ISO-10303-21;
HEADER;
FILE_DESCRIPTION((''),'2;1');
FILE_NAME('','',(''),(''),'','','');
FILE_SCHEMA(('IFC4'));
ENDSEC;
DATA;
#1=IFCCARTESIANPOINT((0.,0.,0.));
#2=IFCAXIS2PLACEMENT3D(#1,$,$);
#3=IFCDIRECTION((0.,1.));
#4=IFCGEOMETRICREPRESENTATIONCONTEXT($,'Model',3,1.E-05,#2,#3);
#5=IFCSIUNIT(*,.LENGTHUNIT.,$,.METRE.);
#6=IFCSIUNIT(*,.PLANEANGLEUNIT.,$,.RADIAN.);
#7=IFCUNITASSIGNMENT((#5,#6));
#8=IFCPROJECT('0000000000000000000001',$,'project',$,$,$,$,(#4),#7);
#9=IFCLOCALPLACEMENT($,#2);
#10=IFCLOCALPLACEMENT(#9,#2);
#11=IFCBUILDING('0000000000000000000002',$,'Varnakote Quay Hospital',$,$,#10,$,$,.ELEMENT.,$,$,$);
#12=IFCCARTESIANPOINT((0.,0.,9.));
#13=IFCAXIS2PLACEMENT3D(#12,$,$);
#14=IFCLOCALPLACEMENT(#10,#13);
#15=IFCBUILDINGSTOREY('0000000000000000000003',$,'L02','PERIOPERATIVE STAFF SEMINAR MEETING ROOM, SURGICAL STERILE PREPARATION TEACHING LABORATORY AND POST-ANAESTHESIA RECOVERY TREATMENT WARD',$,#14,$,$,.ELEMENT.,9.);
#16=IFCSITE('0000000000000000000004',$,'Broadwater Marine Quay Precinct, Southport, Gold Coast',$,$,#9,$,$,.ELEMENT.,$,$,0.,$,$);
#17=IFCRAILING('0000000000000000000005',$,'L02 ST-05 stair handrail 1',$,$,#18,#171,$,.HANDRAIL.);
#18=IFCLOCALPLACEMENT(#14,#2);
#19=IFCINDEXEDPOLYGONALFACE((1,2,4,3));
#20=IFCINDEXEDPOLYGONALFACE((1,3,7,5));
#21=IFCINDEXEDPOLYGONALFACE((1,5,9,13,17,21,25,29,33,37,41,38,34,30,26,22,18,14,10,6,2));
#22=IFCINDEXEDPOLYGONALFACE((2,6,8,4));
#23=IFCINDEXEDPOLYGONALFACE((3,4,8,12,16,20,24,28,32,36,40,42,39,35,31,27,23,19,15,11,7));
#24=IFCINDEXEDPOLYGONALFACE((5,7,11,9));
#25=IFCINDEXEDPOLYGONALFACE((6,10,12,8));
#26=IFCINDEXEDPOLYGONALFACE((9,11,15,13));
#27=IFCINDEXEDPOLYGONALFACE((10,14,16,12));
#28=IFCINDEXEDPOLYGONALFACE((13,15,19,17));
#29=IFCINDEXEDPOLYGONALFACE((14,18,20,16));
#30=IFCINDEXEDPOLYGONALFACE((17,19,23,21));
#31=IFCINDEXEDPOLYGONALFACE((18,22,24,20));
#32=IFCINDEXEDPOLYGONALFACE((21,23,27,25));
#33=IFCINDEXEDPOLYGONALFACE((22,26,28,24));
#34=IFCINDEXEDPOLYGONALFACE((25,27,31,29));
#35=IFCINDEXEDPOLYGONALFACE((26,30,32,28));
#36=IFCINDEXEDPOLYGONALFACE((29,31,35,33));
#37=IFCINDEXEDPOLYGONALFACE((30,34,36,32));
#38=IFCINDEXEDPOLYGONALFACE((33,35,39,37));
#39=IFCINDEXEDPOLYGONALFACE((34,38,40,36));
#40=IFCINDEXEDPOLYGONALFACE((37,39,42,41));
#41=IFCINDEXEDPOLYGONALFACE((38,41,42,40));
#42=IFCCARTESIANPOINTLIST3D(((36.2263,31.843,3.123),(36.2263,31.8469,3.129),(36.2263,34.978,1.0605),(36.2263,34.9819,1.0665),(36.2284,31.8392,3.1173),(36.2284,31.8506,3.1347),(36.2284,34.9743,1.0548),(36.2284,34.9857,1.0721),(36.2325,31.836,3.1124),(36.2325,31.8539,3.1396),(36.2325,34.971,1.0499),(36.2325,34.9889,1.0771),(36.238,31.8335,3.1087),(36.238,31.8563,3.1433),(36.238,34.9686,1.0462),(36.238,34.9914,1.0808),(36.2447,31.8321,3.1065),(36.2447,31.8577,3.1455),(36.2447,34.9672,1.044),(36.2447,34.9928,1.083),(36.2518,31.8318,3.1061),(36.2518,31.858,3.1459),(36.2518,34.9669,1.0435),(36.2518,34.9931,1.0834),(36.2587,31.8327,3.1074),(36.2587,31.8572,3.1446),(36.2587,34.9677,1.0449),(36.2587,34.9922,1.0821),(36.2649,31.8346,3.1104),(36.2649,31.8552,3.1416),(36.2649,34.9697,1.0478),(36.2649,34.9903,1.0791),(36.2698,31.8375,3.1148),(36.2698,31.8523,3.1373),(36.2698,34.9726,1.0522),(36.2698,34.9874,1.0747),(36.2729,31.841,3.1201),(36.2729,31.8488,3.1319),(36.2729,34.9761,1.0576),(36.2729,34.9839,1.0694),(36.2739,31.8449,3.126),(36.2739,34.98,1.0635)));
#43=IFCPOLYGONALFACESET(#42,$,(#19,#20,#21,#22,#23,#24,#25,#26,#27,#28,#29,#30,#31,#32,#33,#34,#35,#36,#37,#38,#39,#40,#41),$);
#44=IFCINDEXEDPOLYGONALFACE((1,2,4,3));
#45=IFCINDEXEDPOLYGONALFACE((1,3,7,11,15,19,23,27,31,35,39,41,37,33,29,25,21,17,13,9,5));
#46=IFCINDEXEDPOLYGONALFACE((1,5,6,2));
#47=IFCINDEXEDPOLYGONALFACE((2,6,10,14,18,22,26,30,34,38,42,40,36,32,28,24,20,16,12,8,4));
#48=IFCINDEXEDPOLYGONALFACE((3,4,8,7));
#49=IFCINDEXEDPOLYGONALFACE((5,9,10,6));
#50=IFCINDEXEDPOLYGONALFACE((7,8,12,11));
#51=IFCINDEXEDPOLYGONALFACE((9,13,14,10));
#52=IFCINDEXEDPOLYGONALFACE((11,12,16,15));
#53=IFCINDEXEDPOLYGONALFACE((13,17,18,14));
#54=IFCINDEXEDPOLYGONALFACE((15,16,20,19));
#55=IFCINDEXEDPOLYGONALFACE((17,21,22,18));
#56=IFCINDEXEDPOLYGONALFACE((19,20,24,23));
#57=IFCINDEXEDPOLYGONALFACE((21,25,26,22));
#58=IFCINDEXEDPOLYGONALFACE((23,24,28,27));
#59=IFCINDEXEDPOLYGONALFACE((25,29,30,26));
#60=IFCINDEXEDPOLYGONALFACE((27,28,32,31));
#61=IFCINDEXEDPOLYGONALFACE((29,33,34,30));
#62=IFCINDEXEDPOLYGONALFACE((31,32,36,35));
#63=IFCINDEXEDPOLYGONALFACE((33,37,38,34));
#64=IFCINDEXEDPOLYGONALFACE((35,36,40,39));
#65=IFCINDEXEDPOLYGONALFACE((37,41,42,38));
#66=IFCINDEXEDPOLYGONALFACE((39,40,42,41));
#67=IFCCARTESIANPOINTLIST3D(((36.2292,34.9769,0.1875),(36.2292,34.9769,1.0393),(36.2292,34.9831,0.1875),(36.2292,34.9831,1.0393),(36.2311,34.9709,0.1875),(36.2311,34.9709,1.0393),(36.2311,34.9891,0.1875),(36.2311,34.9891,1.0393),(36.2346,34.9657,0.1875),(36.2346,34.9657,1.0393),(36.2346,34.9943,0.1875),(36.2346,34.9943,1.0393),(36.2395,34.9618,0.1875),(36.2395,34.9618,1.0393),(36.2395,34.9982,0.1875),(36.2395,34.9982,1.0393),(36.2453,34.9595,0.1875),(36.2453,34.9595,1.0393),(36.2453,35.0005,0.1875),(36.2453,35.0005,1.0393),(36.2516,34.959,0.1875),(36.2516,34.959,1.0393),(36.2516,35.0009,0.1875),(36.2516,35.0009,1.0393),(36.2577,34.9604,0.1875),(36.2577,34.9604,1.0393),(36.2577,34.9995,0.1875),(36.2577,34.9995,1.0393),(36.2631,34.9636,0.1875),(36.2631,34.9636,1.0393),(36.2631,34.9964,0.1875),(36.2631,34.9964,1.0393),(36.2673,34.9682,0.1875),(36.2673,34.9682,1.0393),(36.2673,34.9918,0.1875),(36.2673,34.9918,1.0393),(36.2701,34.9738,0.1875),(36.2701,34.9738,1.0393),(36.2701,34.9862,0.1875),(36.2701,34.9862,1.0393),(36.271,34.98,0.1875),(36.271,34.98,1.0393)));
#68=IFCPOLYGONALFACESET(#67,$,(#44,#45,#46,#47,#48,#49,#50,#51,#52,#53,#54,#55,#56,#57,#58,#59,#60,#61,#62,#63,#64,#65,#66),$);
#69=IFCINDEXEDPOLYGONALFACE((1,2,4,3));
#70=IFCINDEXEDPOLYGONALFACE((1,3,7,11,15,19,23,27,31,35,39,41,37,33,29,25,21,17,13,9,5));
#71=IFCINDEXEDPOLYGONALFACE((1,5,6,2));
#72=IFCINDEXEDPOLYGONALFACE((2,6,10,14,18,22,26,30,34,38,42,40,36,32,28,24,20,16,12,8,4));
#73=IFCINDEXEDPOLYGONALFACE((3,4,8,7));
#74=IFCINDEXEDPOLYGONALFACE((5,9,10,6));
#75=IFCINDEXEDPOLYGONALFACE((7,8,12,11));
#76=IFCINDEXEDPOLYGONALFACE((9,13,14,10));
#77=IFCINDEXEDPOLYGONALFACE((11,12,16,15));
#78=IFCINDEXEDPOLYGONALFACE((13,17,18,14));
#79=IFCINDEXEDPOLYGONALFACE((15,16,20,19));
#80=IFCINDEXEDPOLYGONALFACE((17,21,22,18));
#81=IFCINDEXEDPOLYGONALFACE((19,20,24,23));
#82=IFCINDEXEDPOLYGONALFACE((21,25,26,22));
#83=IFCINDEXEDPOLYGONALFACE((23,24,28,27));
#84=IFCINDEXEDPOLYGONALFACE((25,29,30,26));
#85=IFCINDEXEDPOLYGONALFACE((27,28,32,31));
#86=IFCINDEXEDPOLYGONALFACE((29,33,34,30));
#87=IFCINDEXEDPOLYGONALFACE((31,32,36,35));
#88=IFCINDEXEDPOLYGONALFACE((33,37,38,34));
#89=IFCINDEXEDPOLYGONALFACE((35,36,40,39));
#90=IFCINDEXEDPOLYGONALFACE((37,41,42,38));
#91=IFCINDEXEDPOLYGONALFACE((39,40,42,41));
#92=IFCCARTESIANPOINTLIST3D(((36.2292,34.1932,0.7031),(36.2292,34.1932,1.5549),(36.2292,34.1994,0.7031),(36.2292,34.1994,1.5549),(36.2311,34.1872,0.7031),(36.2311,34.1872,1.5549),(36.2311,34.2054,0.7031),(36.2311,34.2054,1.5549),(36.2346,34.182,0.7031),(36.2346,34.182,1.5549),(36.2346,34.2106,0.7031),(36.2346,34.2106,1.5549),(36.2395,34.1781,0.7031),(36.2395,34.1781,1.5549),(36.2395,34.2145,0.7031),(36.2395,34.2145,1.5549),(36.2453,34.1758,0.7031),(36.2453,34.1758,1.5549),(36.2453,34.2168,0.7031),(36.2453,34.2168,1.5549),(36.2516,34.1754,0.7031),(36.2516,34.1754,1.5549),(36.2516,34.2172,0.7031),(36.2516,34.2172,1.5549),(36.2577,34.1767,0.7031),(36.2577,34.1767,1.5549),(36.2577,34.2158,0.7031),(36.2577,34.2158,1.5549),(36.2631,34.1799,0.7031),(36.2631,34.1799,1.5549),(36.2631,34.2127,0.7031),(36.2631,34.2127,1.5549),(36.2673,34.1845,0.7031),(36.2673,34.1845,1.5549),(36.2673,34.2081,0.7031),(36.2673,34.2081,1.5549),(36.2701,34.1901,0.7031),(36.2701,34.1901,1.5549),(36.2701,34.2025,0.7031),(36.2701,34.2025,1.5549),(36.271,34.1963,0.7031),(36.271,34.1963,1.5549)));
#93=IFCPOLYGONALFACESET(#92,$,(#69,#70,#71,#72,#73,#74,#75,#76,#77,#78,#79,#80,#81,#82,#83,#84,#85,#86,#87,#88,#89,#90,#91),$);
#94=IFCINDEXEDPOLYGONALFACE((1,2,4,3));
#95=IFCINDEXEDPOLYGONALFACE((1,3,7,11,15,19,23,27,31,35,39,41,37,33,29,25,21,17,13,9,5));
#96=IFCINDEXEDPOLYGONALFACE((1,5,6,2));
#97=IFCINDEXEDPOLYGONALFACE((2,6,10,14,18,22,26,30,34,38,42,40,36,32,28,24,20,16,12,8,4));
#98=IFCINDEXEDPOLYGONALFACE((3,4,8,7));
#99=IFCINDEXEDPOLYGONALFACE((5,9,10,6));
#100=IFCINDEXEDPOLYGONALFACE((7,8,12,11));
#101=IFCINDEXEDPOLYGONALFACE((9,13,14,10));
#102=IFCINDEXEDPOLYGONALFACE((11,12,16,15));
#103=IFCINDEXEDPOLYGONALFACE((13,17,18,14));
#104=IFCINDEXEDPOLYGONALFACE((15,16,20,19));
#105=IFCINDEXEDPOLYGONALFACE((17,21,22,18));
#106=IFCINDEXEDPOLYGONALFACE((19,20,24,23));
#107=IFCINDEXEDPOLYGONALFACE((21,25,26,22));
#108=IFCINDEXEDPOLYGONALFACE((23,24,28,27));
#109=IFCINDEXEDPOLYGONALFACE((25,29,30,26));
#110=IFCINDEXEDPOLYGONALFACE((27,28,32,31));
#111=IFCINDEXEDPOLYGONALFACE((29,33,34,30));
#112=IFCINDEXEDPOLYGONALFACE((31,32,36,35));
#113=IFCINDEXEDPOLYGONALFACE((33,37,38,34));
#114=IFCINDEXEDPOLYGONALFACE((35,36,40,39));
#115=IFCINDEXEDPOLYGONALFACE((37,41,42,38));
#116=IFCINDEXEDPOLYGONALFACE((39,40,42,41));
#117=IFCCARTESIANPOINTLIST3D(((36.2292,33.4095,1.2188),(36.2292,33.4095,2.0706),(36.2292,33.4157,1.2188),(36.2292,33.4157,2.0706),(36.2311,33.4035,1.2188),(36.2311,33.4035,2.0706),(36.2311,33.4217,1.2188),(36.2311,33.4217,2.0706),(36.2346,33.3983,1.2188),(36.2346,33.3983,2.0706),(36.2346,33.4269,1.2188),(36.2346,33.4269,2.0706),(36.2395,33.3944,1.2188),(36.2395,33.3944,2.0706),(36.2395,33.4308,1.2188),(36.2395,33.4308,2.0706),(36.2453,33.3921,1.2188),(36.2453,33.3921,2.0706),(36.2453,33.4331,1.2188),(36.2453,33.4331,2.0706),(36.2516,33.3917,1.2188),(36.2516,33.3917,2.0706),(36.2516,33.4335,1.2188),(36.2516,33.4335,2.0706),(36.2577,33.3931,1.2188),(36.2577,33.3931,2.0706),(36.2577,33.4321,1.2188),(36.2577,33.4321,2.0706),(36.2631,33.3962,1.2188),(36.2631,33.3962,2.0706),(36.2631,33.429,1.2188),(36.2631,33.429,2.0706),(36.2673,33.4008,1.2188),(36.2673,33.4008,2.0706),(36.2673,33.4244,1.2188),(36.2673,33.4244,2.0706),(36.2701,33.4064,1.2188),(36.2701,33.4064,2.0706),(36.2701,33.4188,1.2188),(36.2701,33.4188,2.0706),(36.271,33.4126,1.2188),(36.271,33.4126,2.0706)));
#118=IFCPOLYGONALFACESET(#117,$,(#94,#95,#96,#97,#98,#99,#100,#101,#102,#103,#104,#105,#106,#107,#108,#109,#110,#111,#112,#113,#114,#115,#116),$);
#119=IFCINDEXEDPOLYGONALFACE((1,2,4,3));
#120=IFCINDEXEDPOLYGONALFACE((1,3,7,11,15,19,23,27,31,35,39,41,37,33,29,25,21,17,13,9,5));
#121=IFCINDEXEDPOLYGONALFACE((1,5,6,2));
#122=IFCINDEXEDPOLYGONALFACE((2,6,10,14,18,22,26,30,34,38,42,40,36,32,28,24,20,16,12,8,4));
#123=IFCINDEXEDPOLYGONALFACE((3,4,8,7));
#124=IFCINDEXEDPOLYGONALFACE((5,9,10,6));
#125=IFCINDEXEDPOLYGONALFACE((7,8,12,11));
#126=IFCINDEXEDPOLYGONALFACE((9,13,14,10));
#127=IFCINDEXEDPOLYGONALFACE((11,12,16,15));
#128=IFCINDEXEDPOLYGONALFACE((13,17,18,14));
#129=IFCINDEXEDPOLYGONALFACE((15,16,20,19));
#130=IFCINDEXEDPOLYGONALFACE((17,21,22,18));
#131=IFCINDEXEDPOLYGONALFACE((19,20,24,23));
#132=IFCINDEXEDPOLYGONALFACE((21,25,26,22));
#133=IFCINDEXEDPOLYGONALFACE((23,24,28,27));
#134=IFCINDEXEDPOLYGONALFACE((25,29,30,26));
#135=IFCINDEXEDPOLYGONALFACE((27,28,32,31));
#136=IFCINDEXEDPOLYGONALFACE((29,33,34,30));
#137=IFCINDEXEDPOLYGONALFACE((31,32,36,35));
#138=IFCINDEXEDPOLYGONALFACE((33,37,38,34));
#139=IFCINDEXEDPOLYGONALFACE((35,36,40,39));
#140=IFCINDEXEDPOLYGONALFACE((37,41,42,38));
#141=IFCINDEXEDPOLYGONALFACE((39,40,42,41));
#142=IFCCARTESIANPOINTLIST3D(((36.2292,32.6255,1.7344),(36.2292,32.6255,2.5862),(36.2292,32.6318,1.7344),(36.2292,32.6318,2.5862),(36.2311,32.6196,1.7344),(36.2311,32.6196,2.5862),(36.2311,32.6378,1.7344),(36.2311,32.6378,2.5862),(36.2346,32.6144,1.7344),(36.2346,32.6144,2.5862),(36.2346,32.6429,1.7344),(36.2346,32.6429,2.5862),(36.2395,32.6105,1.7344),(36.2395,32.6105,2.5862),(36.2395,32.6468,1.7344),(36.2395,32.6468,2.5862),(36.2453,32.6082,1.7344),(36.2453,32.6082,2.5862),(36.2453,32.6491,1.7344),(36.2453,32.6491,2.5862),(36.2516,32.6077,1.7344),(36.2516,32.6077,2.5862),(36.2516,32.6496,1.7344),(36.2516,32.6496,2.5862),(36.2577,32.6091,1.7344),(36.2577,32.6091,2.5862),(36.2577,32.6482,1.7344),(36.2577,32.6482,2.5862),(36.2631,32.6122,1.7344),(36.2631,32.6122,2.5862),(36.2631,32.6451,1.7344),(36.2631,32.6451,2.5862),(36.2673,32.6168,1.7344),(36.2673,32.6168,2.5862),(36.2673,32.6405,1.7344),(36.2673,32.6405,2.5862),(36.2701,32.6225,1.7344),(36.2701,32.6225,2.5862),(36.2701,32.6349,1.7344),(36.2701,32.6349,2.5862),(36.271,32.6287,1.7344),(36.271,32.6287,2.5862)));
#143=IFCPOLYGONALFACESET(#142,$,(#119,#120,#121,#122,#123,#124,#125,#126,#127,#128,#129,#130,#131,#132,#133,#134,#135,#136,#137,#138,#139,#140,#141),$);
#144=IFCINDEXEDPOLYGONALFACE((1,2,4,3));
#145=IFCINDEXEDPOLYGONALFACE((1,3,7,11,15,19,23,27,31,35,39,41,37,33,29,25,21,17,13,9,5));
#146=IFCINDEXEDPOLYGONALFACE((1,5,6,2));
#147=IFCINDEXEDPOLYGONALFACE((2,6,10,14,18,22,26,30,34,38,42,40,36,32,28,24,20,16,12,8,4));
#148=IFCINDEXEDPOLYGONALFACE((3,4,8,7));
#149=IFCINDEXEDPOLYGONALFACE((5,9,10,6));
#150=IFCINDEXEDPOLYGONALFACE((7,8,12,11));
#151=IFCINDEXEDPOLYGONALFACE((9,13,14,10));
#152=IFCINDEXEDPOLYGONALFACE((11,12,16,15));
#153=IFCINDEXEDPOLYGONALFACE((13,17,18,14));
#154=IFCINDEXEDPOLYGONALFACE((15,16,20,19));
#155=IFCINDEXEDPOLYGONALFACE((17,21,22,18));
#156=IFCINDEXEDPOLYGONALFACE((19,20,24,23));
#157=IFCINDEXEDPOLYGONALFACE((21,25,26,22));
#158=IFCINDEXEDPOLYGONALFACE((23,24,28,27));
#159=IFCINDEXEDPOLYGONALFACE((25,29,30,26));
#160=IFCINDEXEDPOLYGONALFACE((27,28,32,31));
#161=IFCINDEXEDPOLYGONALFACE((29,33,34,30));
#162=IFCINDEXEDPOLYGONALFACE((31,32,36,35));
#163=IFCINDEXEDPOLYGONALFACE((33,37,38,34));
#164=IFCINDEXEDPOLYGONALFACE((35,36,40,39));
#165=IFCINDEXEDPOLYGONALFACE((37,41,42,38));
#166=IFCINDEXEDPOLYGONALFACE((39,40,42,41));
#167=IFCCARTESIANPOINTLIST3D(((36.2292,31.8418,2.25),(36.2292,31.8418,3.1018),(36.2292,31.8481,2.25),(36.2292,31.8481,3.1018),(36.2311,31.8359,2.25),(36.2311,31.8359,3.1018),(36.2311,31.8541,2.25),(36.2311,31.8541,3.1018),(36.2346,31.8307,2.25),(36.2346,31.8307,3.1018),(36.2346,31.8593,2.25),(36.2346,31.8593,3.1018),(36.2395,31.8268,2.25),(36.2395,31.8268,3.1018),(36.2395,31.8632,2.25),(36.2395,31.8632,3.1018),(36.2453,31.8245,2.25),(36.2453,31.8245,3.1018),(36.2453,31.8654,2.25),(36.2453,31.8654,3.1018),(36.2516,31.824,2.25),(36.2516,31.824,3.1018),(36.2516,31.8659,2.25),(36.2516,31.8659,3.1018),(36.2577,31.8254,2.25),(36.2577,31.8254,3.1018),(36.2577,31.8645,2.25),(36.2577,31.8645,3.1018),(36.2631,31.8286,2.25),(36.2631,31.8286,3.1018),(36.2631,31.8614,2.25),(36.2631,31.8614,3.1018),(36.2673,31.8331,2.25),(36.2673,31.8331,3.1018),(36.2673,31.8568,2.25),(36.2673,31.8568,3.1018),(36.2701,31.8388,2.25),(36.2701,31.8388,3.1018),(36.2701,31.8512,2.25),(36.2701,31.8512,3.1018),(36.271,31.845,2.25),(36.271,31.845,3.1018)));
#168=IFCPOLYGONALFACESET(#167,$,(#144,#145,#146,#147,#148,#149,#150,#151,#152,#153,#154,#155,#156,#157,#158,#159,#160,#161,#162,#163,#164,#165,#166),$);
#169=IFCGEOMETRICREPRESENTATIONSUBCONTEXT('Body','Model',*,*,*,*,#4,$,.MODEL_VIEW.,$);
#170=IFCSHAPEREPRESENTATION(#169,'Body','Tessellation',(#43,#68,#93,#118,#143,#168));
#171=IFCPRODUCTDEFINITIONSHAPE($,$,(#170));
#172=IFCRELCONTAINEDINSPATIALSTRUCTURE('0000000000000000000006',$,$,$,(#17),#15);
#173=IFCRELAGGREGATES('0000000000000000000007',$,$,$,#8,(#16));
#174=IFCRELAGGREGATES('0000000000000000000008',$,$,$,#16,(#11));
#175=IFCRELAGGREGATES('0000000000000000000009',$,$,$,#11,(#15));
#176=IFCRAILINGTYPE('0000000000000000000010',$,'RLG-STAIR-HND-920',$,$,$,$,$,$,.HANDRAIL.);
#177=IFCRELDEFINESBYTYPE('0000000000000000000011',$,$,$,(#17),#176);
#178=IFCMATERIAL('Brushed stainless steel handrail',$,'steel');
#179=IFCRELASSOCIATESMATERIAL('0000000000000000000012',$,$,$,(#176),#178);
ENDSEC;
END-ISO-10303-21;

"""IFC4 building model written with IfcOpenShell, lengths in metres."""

from ifc_helpers import new_model, si_unit, direction, frame, origin, origin_2d, place, context, subcontext, project, spatial, circle, extrude, material, type_object, element, save


model = new_model("IFC4")

# Units and contexts
model_context = context("Model", 3, precision=1e-05, world=origin(), true_north=direction((0.0, 1.0)))
body_context = subcontext(model_context, "Body", "Model", "MODEL_VIEW")
ifc_project = project(units=[si_unit("LENGTHUNIT", "METRE"), si_unit("PLANEANGLEUNIT", "RADIAN")], contexts=[model_context])

# Site, building, storey
site_placement = place(None, origin())
site = spatial("IfcSite", under=ifc_project, at=site_placement, Name="Broadwater Marine Quay Precinct, Southport, Gold Coast", CompositionType="ELEMENT", RefElevation=0.0)
building_placement = place(site_placement, origin())
building = spatial("IfcBuilding", under=site, at=building_placement, Name="Varnakote Quay Hospital", CompositionType="ELEMENT")
storey_placement = place(building_placement, frame((0.0, 0.0, 9.0)))
storey = spatial("IfcBuildingStorey", under=building, at=storey_placement, Name="L02", Description="PERIOPERATIVE STAFF SEMINAR MEETING ROOM, SURGICAL STERILE PREPARATION TEACHING LABORATORY AND POST-ANAESTHESIA RECOVERY TREATMENT WARD", CompositionType="ELEMENT", Elevation=9.0)

# Railing
ifc_material_1 = material(Name="Brushed stainless steel handrail", Category="steel")
railing_type_1 = type_object("IfcRailingType", Name="RLG-STAIR-HND-920", PredefinedType="HANDRAIL", material=ifc_material_1)
railing_1_placement = place(storey_placement, frame((36.25, 34.98, 0.1875)))
element("IfcRailing", 1, at=railing_1_placement, inside=storey, type_object=railing_type_1, Name="L02 ST-05 stair handrail 1", PredefinedType="HANDRAIL", context=body_context, shape_type="SweptSolid", body=[
    extrude(circle(Radius=0.0239, at=origin_2d()), frame((0.0, 0.0, 0.876), z_axis=(0.0, -0.835418, 0.549615), x_axis=(1.0, 0.0, 0.0)), (0.0, 0.0, 1.0), 3.7527),
    extrude(circle(Radius=0.021, at=origin_2d()), origin(), (0.0, 0.0, 1.0), 0.8518),
    extrude(circle(Radius=0.021, at=origin_2d()), frame((0.0, -0.7837, 0.5156)), (0.0, 0.0, 1.0), 0.8518),
    extrude(circle(Radius=0.021, at=origin_2d()), frame((0.0, -1.5674, 1.0312)), (0.0, 0.0, 1.0), 0.8518),
    extrude(circle(Radius=0.021, at=origin_2d()), frame((0.0, -2.3513, 1.5469)), (0.0, 0.0, 1.0), 0.8518),
    extrude(circle(Radius=0.021, at=origin_2d()), frame((0.0, -3.135, 2.0625)), (0.0, 0.0, 1.0), 0.8518),
])

save(model, "model.ifc")
